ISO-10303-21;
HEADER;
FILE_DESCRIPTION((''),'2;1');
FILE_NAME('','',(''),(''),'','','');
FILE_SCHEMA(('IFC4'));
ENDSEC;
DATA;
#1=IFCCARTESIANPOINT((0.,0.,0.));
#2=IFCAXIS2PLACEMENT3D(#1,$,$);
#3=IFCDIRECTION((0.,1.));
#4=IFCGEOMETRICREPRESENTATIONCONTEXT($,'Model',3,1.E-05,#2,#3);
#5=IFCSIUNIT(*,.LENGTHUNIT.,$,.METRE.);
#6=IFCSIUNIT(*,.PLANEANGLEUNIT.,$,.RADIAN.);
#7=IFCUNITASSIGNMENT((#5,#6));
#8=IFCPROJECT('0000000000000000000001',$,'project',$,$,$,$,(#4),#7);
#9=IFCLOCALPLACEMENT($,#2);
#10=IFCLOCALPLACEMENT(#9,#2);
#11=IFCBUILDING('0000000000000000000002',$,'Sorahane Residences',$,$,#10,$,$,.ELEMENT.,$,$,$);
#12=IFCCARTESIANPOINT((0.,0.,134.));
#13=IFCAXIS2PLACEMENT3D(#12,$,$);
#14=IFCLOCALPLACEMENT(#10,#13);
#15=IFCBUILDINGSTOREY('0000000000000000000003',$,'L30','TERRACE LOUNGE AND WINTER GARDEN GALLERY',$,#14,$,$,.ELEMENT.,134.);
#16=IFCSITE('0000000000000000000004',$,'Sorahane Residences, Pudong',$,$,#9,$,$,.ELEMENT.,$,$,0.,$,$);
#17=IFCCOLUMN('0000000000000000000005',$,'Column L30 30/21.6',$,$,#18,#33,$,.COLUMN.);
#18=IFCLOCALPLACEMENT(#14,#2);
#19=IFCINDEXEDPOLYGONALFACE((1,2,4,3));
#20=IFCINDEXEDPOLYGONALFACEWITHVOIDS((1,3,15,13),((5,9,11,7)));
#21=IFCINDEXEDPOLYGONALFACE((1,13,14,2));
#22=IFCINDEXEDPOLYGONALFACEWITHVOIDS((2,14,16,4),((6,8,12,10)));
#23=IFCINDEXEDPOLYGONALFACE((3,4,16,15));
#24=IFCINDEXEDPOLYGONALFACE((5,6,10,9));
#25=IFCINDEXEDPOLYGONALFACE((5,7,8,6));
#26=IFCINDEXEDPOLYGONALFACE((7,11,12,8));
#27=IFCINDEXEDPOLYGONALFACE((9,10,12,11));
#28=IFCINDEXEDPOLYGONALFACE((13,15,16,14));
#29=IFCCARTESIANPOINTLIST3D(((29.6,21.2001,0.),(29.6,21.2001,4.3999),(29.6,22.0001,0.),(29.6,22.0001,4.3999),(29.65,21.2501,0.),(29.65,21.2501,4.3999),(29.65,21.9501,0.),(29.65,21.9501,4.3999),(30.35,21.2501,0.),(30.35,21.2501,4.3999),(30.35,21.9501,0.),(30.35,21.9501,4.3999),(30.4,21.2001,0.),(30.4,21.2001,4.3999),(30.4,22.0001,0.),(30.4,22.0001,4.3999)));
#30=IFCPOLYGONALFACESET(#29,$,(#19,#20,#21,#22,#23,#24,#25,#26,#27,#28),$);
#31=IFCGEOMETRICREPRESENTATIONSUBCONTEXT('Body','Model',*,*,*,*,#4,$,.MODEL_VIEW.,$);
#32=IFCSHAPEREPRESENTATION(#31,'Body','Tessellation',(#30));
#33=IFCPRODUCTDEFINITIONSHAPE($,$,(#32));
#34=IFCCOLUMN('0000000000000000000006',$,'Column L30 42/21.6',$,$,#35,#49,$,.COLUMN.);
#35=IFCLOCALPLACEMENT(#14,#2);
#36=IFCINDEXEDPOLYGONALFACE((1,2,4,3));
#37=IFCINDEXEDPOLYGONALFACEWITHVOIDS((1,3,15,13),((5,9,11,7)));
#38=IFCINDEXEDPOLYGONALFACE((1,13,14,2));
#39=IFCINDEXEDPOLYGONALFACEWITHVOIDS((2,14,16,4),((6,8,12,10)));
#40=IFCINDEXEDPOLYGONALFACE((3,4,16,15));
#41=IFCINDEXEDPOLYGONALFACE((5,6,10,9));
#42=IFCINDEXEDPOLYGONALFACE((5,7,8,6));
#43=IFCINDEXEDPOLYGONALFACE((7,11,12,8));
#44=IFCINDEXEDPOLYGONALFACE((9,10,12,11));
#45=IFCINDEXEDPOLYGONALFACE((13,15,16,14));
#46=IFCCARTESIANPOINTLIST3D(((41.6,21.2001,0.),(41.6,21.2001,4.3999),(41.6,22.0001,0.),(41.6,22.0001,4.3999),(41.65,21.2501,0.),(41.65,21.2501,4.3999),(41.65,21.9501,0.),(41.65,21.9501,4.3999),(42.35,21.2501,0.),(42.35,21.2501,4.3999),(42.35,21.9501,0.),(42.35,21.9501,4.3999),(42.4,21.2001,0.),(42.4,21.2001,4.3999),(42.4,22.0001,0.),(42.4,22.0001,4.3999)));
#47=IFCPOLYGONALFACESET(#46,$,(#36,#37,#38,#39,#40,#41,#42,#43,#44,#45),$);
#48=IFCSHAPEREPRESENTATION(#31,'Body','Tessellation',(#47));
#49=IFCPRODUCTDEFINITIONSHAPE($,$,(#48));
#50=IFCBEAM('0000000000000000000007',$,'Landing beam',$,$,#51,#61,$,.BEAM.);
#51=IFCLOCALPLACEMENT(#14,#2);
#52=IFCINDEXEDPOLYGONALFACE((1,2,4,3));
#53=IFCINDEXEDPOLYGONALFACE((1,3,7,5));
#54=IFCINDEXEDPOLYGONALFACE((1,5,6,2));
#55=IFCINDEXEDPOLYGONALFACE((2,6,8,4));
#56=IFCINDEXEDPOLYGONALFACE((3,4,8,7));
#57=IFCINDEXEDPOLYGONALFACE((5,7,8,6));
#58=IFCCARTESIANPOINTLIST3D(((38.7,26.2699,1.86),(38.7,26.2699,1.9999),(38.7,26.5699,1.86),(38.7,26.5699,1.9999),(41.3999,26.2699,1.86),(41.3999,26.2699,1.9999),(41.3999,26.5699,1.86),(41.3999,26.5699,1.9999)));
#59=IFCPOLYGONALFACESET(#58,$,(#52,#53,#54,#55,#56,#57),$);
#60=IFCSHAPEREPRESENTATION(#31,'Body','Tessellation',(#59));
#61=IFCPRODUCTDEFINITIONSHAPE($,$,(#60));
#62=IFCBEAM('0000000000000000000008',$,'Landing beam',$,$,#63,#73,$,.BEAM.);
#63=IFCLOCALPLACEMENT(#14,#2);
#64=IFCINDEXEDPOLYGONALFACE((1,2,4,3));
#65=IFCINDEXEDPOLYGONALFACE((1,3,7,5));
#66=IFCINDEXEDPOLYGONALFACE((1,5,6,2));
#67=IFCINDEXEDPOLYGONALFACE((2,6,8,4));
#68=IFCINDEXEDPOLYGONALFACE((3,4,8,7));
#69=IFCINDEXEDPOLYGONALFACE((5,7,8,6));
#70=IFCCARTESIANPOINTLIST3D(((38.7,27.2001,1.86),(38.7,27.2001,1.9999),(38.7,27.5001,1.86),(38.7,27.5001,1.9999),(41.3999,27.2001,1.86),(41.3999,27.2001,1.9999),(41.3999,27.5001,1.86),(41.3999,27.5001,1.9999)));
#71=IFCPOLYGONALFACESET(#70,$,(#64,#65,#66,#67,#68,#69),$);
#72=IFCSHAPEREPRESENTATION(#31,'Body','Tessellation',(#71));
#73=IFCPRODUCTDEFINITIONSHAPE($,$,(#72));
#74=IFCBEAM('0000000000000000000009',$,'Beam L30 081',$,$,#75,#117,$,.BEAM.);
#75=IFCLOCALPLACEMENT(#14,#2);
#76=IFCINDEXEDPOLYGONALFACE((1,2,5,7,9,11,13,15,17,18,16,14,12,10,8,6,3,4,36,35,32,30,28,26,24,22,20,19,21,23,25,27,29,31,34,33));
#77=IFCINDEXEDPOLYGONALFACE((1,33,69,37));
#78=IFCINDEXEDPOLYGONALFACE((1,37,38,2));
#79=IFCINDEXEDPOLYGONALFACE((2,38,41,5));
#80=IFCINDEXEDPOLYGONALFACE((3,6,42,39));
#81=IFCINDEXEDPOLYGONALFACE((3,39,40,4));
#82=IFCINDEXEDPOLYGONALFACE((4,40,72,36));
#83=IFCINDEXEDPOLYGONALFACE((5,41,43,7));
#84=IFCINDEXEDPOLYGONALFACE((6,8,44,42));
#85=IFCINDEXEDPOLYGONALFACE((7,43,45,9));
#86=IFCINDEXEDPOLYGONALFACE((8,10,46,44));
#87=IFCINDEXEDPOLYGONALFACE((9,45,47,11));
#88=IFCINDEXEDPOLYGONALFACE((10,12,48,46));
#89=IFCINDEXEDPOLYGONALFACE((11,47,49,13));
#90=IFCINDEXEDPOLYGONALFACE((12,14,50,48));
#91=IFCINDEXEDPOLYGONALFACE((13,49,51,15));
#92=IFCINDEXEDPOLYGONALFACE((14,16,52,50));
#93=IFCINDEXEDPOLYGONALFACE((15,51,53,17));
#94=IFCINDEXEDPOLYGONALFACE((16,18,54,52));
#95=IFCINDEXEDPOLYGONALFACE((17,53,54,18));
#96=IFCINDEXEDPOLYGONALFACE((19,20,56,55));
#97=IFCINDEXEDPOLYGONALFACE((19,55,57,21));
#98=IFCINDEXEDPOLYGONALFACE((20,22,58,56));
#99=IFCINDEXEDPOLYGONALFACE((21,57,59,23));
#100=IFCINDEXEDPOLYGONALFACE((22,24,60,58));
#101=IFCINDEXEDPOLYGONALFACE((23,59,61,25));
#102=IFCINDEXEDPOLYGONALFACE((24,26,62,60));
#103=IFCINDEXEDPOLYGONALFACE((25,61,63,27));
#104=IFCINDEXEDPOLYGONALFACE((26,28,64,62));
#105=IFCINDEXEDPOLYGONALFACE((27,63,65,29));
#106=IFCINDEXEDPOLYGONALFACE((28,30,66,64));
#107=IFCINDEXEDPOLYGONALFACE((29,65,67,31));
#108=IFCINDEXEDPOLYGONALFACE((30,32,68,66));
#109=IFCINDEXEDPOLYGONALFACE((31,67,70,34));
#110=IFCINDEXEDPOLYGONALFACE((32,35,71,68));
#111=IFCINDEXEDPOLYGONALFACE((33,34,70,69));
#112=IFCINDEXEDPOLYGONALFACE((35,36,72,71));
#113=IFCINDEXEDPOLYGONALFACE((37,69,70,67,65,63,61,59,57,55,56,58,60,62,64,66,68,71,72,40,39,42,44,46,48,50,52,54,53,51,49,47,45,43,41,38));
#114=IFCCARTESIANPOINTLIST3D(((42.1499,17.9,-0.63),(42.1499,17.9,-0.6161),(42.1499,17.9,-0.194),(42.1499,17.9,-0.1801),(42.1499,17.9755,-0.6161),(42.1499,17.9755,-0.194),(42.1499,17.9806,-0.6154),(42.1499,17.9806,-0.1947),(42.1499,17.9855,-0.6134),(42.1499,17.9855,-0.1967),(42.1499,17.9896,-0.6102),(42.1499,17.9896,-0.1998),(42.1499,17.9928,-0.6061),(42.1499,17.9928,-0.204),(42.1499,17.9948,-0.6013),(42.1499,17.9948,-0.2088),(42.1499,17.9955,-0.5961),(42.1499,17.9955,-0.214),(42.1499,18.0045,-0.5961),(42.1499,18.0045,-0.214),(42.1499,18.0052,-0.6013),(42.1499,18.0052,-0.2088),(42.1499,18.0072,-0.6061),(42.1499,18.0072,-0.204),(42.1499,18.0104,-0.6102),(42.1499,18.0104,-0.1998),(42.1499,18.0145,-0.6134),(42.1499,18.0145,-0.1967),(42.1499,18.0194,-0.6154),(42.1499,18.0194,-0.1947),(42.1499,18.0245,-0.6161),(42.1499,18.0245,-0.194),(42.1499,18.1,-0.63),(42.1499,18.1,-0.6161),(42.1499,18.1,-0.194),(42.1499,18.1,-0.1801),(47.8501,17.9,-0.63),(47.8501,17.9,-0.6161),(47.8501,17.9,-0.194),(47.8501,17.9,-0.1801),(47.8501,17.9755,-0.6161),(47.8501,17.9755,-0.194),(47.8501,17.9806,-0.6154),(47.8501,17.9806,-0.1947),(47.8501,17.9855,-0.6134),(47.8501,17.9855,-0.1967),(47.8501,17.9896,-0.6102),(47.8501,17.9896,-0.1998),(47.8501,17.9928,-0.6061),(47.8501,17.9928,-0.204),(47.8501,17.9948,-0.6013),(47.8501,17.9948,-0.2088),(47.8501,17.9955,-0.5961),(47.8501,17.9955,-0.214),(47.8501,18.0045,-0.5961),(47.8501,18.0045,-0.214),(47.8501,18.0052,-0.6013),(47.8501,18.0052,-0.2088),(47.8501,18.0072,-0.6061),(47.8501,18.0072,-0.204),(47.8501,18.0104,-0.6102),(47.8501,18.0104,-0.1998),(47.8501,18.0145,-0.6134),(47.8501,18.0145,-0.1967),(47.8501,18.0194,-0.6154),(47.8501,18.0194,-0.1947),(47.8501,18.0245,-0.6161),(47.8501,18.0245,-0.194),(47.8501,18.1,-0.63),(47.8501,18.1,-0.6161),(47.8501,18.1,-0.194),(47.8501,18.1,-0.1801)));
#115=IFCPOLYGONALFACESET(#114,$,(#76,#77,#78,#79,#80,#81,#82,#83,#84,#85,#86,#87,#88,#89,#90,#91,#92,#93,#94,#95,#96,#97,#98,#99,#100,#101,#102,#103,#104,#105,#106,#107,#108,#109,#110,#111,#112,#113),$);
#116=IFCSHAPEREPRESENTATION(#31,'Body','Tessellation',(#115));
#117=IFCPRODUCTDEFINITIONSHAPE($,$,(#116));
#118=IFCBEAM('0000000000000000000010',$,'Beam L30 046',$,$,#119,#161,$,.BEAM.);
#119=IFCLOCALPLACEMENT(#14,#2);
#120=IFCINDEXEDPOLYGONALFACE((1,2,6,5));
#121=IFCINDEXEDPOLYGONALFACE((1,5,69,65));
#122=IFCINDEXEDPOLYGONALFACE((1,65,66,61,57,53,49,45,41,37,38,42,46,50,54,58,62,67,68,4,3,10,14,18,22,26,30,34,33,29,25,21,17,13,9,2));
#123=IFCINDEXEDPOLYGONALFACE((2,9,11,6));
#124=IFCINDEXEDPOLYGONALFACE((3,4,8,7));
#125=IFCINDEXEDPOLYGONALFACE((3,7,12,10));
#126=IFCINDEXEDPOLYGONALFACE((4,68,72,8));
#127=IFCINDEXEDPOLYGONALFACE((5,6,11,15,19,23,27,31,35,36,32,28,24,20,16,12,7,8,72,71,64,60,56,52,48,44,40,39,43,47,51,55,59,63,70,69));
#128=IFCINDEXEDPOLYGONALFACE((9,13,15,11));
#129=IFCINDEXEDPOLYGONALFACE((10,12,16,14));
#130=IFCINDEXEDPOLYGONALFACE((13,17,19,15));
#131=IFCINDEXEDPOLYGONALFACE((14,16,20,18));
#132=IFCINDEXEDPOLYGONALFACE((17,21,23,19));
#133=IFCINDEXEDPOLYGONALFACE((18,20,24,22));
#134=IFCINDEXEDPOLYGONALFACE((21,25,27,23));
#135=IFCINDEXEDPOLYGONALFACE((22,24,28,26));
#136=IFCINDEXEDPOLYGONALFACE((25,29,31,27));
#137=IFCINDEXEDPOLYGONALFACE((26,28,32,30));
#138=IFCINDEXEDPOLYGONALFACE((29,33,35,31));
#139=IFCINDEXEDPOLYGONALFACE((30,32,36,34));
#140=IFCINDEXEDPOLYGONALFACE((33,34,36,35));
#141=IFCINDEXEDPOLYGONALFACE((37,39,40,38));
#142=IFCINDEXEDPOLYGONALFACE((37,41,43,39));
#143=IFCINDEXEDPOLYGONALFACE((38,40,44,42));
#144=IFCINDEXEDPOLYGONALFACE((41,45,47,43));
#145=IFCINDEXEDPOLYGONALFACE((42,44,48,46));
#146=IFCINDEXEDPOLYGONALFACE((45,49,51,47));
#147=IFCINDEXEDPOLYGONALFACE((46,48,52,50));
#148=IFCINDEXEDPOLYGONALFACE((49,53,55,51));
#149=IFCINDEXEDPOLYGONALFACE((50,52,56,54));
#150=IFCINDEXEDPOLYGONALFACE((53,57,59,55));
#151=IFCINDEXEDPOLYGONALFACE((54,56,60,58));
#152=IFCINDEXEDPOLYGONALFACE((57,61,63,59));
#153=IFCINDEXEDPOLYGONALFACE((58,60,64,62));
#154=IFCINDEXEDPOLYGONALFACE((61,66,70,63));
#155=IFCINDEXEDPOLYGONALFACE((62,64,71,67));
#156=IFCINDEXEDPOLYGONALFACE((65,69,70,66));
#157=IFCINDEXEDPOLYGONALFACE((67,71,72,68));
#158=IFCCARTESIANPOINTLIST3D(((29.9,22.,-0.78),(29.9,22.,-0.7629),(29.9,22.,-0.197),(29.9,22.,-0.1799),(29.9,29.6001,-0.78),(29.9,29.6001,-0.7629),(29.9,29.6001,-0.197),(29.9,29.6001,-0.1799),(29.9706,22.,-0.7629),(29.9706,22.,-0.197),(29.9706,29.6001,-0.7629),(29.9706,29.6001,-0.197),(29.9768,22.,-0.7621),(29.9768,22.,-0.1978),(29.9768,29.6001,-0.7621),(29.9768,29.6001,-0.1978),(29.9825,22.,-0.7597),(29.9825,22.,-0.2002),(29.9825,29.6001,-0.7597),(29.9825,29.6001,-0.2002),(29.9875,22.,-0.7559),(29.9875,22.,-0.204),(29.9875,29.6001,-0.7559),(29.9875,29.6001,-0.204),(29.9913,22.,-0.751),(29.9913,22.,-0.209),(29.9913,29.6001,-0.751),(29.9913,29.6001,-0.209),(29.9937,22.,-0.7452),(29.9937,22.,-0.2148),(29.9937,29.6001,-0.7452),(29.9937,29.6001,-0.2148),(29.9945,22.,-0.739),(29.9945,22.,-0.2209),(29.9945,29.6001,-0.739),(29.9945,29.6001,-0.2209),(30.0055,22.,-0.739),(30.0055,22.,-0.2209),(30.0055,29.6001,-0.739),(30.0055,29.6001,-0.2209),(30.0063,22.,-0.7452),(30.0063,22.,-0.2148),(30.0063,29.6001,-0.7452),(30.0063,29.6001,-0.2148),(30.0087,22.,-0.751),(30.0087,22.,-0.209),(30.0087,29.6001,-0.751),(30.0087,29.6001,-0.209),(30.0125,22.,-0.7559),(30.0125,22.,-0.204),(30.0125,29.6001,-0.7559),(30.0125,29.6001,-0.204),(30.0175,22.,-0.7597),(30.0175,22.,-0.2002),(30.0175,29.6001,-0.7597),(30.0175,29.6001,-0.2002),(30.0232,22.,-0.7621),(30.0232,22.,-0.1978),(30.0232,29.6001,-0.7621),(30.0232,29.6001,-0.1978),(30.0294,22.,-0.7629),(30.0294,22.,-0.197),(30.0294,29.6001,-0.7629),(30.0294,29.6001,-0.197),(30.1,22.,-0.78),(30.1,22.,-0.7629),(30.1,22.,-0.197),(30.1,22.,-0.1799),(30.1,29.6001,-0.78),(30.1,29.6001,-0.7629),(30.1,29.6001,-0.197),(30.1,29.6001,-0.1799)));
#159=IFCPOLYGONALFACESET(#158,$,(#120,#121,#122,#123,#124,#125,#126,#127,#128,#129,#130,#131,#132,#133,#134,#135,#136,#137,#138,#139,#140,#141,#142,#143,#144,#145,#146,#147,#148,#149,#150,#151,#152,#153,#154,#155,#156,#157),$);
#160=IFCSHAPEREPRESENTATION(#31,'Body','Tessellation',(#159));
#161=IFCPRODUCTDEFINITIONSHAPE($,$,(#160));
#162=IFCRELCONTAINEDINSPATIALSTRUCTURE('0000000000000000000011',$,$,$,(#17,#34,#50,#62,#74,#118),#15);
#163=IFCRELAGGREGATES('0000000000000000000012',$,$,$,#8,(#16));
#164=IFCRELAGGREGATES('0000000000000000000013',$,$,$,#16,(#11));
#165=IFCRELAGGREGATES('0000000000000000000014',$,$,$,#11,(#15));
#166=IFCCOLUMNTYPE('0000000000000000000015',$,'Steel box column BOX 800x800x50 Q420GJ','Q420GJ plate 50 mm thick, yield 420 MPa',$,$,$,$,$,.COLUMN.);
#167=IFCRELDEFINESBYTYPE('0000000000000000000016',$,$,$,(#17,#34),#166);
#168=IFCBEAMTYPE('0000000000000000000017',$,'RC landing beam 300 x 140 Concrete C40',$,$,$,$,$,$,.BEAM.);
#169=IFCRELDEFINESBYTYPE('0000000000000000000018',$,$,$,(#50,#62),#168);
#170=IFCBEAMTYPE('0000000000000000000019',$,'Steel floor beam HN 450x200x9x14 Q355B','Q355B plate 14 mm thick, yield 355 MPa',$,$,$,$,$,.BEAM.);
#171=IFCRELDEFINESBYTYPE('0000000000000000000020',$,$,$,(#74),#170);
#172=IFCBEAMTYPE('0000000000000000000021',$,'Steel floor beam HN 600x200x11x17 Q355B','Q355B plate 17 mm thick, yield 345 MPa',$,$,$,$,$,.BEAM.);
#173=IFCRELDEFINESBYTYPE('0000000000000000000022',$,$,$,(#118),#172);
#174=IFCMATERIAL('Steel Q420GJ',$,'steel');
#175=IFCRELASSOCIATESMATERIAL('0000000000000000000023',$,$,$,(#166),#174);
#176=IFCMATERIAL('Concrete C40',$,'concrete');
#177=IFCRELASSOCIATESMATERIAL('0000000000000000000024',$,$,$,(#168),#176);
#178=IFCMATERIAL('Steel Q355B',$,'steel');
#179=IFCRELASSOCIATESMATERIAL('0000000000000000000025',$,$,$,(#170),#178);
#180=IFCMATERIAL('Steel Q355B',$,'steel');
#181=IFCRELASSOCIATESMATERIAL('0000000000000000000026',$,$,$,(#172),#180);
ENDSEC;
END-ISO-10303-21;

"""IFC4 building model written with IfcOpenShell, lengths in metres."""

from ifc_helpers import new_model, si_unit, direction, frame, origin, origin_2d, place, context, subcontext, project, spatial, rectangle, hollow_rectangle, i_section, extrude, material, material_profile, profile_set, type_object, element, save


model = new_model("IFC4")

# Units and contexts
model_context = context("Model", 3, precision=1e-05, world=origin(), true_north=direction((0.0, 1.0)))
body_context = subcontext(model_context, "Body", "Model", "MODEL_VIEW")
ifc_project = project(units=[si_unit("LENGTHUNIT", "METRE"), si_unit("PLANEANGLEUNIT", "RADIAN")], contexts=[model_context])

# Site, building, storey
site_placement = place(None, origin())
site = spatial("IfcSite", under=ifc_project, at=site_placement, Name="Sorahane Residences, Pudong", CompositionType="ELEMENT", RefElevation=0.0)
building_placement = place(site_placement, origin())
building = spatial("IfcBuilding", under=site, at=building_placement, Name="Sorahane Residences", CompositionType="ELEMENT")
storey_placement = place(building_placement, frame((0.0, 0.0, 134.0)))
storey = spatial("IfcBuildingStorey", under=building, at=storey_placement, Name="L30", Description="TERRACE LOUNGE AND WINTER GARDEN GALLERY", CompositionType="ELEMENT", Elevation=134.0)

# Columns
ifc_material_1 = material(Name="Steel Q420GJ", Category="steel")
ifc_material_profile_1 = material_profile(ifc_material_1, hollow_rectangle(XDim=0.8, YDim=0.8, WallThickness=0.05, at=origin_2d()), Name="BOX 800x800x50")
ifc_profile_set_1 = profile_set([ifc_material_profile_1], Name="Steel Q420GJ")
column_type = type_object("IfcColumnType", Name="Steel box column BOX 800x800x50 Q420GJ", Description="Q420GJ plate 50 mm thick, yield 420 MPa", PredefinedType="COLUMN", material=ifc_profile_set_1)
for number, where, z_axis, x_axis, name in (
    (1, (30.0, 21.6001, 0.0), (0.0, 0.0, 1.0), (1.0, 0.0, 0.0), "Column L30 30/21.6"),
    (2, (42.0, 21.6001, 0.0), (0.0, 0.0, 1.0), (1.0, 0.0, 0.0), "Column L30 42/21.6"),
):
    element("IfcColumn", number, at=place(storey_placement, frame(where, z_axis=z_axis, x_axis=x_axis)), inside=storey, type_object=column_type, Name=name, PredefinedType="COLUMN", context=body_context, shape_type="SweptSolid", body=[
        extrude(hollow_rectangle(XDim=0.8, YDim=0.8, WallThickness=0.05, at=origin_2d()), origin(), (0.0, 0.0, 1.0), 4.3999),
    ])

# Beams
ifc_material_2 = material(Name="Concrete C40", Category="concrete")
ifc_material_profile_2 = material_profile(ifc_material_2, rectangle(XDim=0.3, YDim=0.1399, at=origin_2d()), Name="300x140")
ifc_profile_set_2 = profile_set([ifc_material_profile_2], Name="Concrete C40")
beam_type_1 = type_object("IfcBeamType", Name="RC landing beam 300 x 140 Concrete C40", PredefinedType="BEAM", material=ifc_profile_set_2)
for number, where, z_axis, x_axis, name in (
    (3, (38.7, 26.4199, 1.9299), (1.0, 0.0, 0.0), (0.0, 1.0, 0.0), "Landing beam"),
    (4, (38.7, 27.3501, 1.9299), (1.0, 0.0, 0.0), (0.0, 1.0, 0.0), "Landing beam"),
):
    element("IfcBeam", number, at=place(storey_placement, frame(where, z_axis=z_axis, x_axis=x_axis)), inside=storey, type_object=beam_type_1, Name=name, PredefinedType="BEAM", context=body_context, shape_type="SweptSolid", body=[
        extrude(rectangle(XDim=0.3, YDim=0.1399, at=origin_2d()), origin(), (0.0, 0.0, 1.0), 2.7),
    ])
ifc_material_3 = material(Name="Steel Q355B", Category="steel")
ifc_material_profile_3 = material_profile(ifc_material_3, i_section(OverallWidth=0.2, OverallDepth=0.45, WebThickness=0.009, FlangeThickness=0.0139, FilletRadius=0.02, at=origin_2d()), Name="HN 450x200x9x14")
ifc_profile_set_3 = profile_set([ifc_material_profile_3], Name="Steel Q355B")
beam_type_2 = type_object("IfcBeamType", Name="Steel floor beam HN 450x200x9x14 Q355B", Description="Q355B plate 14 mm thick, yield 355 MPa", PredefinedType="BEAM", material=ifc_profile_set_3)
beam_1_placement = place(storey_placement, frame((42.1499, 18.0, -0.405), z_axis=(1.0, 0.0, 0.0), x_axis=(0.0, 1.0, 0.0)))
element("IfcBeam", 5, at=beam_1_placement, inside=storey, type_object=beam_type_2, Name="Beam L30 081", PredefinedType="BEAM", context=body_context, shape_type="SweptSolid", body=[
    extrude(i_section(OverallWidth=0.2, OverallDepth=0.45, WebThickness=0.009, FlangeThickness=0.0139, FilletRadius=0.02, at=origin_2d()), origin(), (0.0, 0.0, 1.0), 5.7002),
])
ifc_material_4 = material(Name="Steel Q355B", Category="steel")
ifc_material_profile_4 = material_profile(ifc_material_4, i_section(OverallWidth=0.2, OverallDepth=0.6001, WebThickness=0.011, FlangeThickness=0.0171, FilletRadius=0.0239, at=origin_2d()), Name="HN 600x200x11x17")
ifc_profile_set_4 = profile_set([ifc_material_profile_4], Name="Steel Q355B")
beam_type_3 = type_object("IfcBeamType", Name="Steel floor beam HN 600x200x11x17 Q355B", Description="Q355B plate 17 mm thick, yield 345 MPa", PredefinedType="BEAM", material=ifc_profile_set_4)
for number, where, z_axis, x_axis, name in (
    (6, (30.0, 22.0, -0.48), (0.0, 1.0, 0.0), (-1.0, 0.0, 0.0), "Beam L30 046"),
):
    element("IfcBeam", number, at=place(storey_placement, frame(where, z_axis=z_axis, x_axis=x_axis)), inside=storey, type_object=beam_type_3, Name=name, PredefinedType="BEAM", context=body_context, shape_type="SweptSolid", body=[
        extrude(i_section(OverallWidth=0.2, OverallDepth=0.6001, WebThickness=0.011, FlangeThickness=0.0171, FilletRadius=0.0239, at=origin_2d()), origin(), (0.0, 0.0, 1.0), 7.6001),
    ])

save(model, "model.ifc")
